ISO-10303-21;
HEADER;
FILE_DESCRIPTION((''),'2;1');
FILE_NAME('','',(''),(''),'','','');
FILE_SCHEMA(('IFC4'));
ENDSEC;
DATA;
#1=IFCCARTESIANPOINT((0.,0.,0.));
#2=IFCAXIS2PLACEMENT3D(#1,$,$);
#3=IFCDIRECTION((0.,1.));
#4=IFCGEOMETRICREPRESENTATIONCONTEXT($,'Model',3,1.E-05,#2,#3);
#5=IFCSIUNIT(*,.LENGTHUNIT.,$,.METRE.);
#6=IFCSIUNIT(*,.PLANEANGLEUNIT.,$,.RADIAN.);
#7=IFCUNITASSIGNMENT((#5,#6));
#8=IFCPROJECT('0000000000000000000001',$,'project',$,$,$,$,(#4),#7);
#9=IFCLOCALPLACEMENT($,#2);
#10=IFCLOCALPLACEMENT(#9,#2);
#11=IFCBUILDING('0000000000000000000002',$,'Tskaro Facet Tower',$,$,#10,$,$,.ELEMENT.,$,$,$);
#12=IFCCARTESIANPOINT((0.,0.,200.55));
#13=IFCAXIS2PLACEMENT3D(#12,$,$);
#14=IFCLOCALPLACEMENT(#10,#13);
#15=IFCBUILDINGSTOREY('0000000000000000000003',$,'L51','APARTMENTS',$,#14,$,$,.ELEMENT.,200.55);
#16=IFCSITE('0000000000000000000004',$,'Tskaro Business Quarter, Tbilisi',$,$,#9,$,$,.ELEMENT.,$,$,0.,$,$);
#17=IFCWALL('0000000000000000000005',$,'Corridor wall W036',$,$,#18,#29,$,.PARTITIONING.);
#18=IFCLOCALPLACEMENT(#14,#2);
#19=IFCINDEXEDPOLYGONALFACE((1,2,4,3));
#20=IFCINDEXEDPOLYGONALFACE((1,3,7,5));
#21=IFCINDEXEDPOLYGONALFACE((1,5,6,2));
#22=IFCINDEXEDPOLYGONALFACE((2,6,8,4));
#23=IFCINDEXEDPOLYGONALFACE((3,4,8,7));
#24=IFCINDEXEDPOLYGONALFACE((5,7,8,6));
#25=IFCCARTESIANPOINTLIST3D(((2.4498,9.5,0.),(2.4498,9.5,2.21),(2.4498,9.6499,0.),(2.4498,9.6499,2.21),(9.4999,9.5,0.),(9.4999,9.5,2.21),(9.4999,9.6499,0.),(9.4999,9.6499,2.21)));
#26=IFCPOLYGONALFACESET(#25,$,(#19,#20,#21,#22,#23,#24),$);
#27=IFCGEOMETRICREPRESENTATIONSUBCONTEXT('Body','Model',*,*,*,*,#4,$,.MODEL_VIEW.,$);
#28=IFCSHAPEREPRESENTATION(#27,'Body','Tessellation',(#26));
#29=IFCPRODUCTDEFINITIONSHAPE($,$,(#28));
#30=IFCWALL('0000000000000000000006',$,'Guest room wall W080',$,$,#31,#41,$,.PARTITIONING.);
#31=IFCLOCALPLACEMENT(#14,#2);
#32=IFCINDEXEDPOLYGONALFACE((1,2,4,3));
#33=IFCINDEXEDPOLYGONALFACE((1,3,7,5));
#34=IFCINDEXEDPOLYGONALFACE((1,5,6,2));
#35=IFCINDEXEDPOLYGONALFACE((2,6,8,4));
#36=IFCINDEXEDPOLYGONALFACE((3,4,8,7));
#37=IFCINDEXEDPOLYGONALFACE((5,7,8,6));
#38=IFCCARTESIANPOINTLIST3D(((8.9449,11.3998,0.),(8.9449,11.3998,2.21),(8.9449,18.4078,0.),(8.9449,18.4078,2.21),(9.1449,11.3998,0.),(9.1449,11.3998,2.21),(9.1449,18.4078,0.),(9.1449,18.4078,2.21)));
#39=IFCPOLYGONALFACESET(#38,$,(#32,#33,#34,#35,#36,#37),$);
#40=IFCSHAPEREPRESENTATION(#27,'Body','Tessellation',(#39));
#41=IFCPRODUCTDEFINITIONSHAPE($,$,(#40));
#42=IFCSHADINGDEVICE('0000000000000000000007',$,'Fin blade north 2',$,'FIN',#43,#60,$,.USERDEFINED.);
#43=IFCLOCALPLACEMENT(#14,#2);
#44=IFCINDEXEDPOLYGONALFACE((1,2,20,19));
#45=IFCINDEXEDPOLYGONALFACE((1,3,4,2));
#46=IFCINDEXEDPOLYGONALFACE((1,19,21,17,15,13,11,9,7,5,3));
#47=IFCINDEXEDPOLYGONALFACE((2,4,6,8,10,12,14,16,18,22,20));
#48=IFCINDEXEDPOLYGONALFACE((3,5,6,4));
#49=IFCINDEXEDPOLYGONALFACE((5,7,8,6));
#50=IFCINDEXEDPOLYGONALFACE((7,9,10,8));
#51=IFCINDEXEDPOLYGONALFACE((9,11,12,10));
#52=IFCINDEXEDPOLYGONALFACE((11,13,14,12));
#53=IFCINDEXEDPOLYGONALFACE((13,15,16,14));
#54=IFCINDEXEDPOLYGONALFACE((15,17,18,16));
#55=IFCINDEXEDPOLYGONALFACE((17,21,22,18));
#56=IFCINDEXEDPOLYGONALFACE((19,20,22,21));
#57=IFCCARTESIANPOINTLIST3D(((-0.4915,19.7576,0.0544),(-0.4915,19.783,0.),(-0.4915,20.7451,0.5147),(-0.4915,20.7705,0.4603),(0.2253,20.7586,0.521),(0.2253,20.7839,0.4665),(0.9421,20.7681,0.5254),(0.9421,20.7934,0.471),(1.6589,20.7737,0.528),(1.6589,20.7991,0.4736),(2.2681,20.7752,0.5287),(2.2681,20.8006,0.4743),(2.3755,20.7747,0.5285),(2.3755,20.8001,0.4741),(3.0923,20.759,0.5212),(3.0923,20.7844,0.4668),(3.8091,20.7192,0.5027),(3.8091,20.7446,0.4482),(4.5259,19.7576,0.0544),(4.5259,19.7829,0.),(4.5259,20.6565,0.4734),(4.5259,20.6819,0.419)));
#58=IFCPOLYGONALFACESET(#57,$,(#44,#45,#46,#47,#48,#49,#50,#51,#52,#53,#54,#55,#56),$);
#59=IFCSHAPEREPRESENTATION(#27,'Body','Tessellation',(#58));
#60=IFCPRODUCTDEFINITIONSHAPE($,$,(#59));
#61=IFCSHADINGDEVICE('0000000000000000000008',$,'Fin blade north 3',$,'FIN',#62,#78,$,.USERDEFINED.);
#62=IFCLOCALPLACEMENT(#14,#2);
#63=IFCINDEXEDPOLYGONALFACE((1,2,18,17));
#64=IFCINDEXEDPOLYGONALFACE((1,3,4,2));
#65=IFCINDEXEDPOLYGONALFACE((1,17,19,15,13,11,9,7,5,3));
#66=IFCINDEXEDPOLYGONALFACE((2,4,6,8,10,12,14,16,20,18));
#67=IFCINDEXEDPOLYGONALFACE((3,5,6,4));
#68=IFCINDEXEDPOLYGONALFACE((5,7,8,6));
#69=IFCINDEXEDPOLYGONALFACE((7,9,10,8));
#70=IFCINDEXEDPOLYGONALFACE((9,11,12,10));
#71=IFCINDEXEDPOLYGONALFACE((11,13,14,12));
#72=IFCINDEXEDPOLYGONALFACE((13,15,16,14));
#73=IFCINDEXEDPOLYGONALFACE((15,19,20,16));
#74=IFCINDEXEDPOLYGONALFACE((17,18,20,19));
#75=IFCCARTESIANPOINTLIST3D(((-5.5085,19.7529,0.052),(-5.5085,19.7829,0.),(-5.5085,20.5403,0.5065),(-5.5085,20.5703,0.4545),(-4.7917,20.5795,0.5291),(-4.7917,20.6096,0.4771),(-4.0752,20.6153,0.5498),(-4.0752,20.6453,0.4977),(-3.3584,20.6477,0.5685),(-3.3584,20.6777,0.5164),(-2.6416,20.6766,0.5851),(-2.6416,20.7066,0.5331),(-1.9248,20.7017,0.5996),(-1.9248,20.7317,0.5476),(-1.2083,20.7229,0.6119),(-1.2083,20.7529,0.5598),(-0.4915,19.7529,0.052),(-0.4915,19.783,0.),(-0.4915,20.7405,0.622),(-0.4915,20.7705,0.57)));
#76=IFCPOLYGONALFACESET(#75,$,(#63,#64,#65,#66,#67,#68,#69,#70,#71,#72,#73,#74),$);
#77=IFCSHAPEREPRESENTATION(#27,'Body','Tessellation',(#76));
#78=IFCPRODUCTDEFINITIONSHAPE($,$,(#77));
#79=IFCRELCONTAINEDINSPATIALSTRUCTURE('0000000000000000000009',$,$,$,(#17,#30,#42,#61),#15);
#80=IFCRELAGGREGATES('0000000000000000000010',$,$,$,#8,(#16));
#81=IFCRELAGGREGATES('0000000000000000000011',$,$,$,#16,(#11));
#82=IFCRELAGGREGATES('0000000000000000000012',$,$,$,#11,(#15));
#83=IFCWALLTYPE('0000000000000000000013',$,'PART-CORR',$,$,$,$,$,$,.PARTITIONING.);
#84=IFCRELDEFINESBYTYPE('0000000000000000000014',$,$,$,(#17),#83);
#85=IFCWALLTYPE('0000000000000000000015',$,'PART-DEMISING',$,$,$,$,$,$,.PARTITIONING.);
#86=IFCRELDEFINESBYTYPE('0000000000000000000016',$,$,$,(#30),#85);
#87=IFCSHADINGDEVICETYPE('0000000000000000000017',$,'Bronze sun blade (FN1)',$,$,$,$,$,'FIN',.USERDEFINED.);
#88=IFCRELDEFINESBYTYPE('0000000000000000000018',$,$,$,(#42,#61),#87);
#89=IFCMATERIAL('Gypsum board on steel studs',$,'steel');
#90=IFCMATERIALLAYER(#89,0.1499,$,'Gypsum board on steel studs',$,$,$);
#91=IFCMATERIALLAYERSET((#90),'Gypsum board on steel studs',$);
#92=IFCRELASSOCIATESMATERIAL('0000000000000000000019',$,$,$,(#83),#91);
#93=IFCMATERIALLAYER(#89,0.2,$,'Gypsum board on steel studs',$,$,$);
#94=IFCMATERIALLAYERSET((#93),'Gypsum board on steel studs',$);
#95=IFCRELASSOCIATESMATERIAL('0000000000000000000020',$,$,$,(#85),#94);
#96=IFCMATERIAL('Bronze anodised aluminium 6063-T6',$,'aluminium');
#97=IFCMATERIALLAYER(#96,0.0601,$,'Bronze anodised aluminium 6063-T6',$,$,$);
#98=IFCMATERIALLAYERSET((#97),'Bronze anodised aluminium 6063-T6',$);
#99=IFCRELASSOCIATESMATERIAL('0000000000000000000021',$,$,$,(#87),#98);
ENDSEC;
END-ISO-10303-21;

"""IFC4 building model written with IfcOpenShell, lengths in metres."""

from ifc_helpers import new_model, si_unit, direction, frame, frame_2d, origin, place, context, subcontext, project, spatial, polyline, rectangle, outline, extrude, material, layer, layer_set, type_object, element, save


model = new_model("IFC4")

# Units and contexts
model_context = context("Model", 3, precision=1e-05, world=origin(), true_north=direction((0.0, 1.0)))
body_context = subcontext(model_context, "Body", "Model", "MODEL_VIEW")
ifc_project = project(units=[si_unit("LENGTHUNIT", "METRE"), si_unit("PLANEANGLEUNIT", "RADIAN")], contexts=[model_context])

# Site, building, storey
site_placement = place(None, origin())
site = spatial("IfcSite", under=ifc_project, at=site_placement, Name="Tskaro Business Quarter, Tbilisi", CompositionType="ELEMENT", RefElevation=0.0)
building_placement = place(site_placement, origin())
building = spatial("IfcBuilding", under=site, at=building_placement, Name="Tskaro Facet Tower", CompositionType="ELEMENT")
storey_placement = place(building_placement, frame((0.0, 0.0, 200.55)))
storey = spatial("IfcBuildingStorey", under=building, at=storey_placement, Name="L51", Description="APARTMENTS", CompositionType="ELEMENT", Elevation=200.55)

# Shared definitions
ifc_material_1 = material(Name="Bronze anodised aluminium 6063-T6", Category="aluminium")

# Shared definitions
ifc_material_2 = material(Name="Gypsum board on steel studs", Category="steel")

# Walls
ifc_layer_1 = layer(ifc_material_2, 0.1499, Name="Gypsum board on steel studs")
ifc_layer_set_1 = layer_set([ifc_layer_1], Name="Gypsum board on steel studs")
wall_type_1 = type_object("IfcWallType", Name="PART-CORR", PredefinedType="PARTITIONING", material=ifc_layer_set_1)
wall_1_placement = place(storey_placement, frame((2.45, 9.575, 0.0), z_axis=(0.0, 0.0, 1.0), x_axis=(1.0, 0.0, 0.0)))
element("IfcWall", 1, at=wall_1_placement, inside=storey, type_object=wall_type_1, Name="Corridor wall W036", PredefinedType="PARTITIONING", context=body_context, shape_type="SweptSolid", body=[
    extrude(rectangle(XDim=7.05, YDim=0.1499, at=frame_2d((3.5249, 0.0))), origin(), (0.0, 0.0, 1.0), 2.21),
])
ifc_layer_2 = layer(ifc_material_2, 0.2, Name="Gypsum board on steel studs")
ifc_layer_set_2 = layer_set([ifc_layer_2], Name="Gypsum board on steel studs")
wall_type_2 = type_object("IfcWallType", Name="PART-DEMISING", PredefinedType="PARTITIONING", material=ifc_layer_set_2)
wall_2_placement = place(storey_placement, frame((9.0449, 11.3999, 0.0), z_axis=(0.0, 0.0, 1.0), x_axis=(0.0, 1.0, 0.0)))
element("IfcWall", 2, at=wall_2_placement, inside=storey, type_object=wall_type_2, Name="Guest room wall W080", PredefinedType="PARTITIONING", context=body_context, shape_type="SweptSolid", body=[
    extrude(rectangle(XDim=7.0081, YDim=0.2, at=frame_2d((3.5039, 0.0))), origin(), (0.0, 0.0, 1.0), 2.21),
])

# Shading devices
ifc_layer_3 = layer(ifc_material_1, 0.0601, Name="Bronze anodised aluminium 6063-T6")
ifc_layer_set_3 = layer_set([ifc_layer_3], Name="Bronze anodised aluminium 6063-T6")
shading_device_type = type_object("IfcShadingDeviceType", Name="Bronze sun blade (FN1)", ElementType="FIN", PredefinedType="USERDEFINED", material=ifc_layer_set_3)
shading_device_1_placement = place(storey_placement, frame((4.5259, 19.7576, 0.0544), z_axis=(-0.000005, -0.422463, 0.90638), x_axis=(-1.0, 0.000002, -0.000004)))
element("IfcShadingDevice", 3, at=shading_device_1_placement, inside=storey, type_object=shading_device_type, Name="Fin blade north 2", ObjectType="FIN", PredefinedType="USERDEFINED", context=body_context, shape_type="SweptSolid", body=[
    extrude(outline(polyline([(0.0, 0.0), (5.0173, 0.0), (5.0173, -1.0895), (4.3005, -1.1044), (3.5837, -1.1149), (2.8669, -1.1211), (2.2578, -1.1227), (2.1504, -1.1222), (1.4336, -1.1049), (0.7168, -1.061), (0.0, -0.9918), (0.0, 0.0)])), origin(), (0.0, 0.0, -1.0), 0.0601),
])
shading_device_2_placement = place(storey_placement, frame((-0.4915, 19.7529, 0.052), z_axis=(0.000005, -0.499905, 0.86608), x_axis=(-1.0, -0.000002, 0.000004)))
element("IfcShadingDevice", 4, at=shading_device_2_placement, inside=storey, type_object=shading_device_type, Name="Fin blade north 3", ObjectType="FIN", PredefinedType="USERDEFINED", context=body_context, shape_type="SweptSolid", body=[
    extrude(outline(polyline([(0.0, 0.0), (5.0171, 0.0), (5.0171, -0.9092), (4.3003, -0.9544), (3.5837, -0.9957), (2.8669, -1.0331), (2.1501, -1.0664), (1.4333, -1.0954), (0.7168, -1.1199), (0.0, -1.1403), (0.0, 0.0)])), origin(), (0.0, 0.0, -1.0), 0.0601),
])

save(model, "model.ifc")
